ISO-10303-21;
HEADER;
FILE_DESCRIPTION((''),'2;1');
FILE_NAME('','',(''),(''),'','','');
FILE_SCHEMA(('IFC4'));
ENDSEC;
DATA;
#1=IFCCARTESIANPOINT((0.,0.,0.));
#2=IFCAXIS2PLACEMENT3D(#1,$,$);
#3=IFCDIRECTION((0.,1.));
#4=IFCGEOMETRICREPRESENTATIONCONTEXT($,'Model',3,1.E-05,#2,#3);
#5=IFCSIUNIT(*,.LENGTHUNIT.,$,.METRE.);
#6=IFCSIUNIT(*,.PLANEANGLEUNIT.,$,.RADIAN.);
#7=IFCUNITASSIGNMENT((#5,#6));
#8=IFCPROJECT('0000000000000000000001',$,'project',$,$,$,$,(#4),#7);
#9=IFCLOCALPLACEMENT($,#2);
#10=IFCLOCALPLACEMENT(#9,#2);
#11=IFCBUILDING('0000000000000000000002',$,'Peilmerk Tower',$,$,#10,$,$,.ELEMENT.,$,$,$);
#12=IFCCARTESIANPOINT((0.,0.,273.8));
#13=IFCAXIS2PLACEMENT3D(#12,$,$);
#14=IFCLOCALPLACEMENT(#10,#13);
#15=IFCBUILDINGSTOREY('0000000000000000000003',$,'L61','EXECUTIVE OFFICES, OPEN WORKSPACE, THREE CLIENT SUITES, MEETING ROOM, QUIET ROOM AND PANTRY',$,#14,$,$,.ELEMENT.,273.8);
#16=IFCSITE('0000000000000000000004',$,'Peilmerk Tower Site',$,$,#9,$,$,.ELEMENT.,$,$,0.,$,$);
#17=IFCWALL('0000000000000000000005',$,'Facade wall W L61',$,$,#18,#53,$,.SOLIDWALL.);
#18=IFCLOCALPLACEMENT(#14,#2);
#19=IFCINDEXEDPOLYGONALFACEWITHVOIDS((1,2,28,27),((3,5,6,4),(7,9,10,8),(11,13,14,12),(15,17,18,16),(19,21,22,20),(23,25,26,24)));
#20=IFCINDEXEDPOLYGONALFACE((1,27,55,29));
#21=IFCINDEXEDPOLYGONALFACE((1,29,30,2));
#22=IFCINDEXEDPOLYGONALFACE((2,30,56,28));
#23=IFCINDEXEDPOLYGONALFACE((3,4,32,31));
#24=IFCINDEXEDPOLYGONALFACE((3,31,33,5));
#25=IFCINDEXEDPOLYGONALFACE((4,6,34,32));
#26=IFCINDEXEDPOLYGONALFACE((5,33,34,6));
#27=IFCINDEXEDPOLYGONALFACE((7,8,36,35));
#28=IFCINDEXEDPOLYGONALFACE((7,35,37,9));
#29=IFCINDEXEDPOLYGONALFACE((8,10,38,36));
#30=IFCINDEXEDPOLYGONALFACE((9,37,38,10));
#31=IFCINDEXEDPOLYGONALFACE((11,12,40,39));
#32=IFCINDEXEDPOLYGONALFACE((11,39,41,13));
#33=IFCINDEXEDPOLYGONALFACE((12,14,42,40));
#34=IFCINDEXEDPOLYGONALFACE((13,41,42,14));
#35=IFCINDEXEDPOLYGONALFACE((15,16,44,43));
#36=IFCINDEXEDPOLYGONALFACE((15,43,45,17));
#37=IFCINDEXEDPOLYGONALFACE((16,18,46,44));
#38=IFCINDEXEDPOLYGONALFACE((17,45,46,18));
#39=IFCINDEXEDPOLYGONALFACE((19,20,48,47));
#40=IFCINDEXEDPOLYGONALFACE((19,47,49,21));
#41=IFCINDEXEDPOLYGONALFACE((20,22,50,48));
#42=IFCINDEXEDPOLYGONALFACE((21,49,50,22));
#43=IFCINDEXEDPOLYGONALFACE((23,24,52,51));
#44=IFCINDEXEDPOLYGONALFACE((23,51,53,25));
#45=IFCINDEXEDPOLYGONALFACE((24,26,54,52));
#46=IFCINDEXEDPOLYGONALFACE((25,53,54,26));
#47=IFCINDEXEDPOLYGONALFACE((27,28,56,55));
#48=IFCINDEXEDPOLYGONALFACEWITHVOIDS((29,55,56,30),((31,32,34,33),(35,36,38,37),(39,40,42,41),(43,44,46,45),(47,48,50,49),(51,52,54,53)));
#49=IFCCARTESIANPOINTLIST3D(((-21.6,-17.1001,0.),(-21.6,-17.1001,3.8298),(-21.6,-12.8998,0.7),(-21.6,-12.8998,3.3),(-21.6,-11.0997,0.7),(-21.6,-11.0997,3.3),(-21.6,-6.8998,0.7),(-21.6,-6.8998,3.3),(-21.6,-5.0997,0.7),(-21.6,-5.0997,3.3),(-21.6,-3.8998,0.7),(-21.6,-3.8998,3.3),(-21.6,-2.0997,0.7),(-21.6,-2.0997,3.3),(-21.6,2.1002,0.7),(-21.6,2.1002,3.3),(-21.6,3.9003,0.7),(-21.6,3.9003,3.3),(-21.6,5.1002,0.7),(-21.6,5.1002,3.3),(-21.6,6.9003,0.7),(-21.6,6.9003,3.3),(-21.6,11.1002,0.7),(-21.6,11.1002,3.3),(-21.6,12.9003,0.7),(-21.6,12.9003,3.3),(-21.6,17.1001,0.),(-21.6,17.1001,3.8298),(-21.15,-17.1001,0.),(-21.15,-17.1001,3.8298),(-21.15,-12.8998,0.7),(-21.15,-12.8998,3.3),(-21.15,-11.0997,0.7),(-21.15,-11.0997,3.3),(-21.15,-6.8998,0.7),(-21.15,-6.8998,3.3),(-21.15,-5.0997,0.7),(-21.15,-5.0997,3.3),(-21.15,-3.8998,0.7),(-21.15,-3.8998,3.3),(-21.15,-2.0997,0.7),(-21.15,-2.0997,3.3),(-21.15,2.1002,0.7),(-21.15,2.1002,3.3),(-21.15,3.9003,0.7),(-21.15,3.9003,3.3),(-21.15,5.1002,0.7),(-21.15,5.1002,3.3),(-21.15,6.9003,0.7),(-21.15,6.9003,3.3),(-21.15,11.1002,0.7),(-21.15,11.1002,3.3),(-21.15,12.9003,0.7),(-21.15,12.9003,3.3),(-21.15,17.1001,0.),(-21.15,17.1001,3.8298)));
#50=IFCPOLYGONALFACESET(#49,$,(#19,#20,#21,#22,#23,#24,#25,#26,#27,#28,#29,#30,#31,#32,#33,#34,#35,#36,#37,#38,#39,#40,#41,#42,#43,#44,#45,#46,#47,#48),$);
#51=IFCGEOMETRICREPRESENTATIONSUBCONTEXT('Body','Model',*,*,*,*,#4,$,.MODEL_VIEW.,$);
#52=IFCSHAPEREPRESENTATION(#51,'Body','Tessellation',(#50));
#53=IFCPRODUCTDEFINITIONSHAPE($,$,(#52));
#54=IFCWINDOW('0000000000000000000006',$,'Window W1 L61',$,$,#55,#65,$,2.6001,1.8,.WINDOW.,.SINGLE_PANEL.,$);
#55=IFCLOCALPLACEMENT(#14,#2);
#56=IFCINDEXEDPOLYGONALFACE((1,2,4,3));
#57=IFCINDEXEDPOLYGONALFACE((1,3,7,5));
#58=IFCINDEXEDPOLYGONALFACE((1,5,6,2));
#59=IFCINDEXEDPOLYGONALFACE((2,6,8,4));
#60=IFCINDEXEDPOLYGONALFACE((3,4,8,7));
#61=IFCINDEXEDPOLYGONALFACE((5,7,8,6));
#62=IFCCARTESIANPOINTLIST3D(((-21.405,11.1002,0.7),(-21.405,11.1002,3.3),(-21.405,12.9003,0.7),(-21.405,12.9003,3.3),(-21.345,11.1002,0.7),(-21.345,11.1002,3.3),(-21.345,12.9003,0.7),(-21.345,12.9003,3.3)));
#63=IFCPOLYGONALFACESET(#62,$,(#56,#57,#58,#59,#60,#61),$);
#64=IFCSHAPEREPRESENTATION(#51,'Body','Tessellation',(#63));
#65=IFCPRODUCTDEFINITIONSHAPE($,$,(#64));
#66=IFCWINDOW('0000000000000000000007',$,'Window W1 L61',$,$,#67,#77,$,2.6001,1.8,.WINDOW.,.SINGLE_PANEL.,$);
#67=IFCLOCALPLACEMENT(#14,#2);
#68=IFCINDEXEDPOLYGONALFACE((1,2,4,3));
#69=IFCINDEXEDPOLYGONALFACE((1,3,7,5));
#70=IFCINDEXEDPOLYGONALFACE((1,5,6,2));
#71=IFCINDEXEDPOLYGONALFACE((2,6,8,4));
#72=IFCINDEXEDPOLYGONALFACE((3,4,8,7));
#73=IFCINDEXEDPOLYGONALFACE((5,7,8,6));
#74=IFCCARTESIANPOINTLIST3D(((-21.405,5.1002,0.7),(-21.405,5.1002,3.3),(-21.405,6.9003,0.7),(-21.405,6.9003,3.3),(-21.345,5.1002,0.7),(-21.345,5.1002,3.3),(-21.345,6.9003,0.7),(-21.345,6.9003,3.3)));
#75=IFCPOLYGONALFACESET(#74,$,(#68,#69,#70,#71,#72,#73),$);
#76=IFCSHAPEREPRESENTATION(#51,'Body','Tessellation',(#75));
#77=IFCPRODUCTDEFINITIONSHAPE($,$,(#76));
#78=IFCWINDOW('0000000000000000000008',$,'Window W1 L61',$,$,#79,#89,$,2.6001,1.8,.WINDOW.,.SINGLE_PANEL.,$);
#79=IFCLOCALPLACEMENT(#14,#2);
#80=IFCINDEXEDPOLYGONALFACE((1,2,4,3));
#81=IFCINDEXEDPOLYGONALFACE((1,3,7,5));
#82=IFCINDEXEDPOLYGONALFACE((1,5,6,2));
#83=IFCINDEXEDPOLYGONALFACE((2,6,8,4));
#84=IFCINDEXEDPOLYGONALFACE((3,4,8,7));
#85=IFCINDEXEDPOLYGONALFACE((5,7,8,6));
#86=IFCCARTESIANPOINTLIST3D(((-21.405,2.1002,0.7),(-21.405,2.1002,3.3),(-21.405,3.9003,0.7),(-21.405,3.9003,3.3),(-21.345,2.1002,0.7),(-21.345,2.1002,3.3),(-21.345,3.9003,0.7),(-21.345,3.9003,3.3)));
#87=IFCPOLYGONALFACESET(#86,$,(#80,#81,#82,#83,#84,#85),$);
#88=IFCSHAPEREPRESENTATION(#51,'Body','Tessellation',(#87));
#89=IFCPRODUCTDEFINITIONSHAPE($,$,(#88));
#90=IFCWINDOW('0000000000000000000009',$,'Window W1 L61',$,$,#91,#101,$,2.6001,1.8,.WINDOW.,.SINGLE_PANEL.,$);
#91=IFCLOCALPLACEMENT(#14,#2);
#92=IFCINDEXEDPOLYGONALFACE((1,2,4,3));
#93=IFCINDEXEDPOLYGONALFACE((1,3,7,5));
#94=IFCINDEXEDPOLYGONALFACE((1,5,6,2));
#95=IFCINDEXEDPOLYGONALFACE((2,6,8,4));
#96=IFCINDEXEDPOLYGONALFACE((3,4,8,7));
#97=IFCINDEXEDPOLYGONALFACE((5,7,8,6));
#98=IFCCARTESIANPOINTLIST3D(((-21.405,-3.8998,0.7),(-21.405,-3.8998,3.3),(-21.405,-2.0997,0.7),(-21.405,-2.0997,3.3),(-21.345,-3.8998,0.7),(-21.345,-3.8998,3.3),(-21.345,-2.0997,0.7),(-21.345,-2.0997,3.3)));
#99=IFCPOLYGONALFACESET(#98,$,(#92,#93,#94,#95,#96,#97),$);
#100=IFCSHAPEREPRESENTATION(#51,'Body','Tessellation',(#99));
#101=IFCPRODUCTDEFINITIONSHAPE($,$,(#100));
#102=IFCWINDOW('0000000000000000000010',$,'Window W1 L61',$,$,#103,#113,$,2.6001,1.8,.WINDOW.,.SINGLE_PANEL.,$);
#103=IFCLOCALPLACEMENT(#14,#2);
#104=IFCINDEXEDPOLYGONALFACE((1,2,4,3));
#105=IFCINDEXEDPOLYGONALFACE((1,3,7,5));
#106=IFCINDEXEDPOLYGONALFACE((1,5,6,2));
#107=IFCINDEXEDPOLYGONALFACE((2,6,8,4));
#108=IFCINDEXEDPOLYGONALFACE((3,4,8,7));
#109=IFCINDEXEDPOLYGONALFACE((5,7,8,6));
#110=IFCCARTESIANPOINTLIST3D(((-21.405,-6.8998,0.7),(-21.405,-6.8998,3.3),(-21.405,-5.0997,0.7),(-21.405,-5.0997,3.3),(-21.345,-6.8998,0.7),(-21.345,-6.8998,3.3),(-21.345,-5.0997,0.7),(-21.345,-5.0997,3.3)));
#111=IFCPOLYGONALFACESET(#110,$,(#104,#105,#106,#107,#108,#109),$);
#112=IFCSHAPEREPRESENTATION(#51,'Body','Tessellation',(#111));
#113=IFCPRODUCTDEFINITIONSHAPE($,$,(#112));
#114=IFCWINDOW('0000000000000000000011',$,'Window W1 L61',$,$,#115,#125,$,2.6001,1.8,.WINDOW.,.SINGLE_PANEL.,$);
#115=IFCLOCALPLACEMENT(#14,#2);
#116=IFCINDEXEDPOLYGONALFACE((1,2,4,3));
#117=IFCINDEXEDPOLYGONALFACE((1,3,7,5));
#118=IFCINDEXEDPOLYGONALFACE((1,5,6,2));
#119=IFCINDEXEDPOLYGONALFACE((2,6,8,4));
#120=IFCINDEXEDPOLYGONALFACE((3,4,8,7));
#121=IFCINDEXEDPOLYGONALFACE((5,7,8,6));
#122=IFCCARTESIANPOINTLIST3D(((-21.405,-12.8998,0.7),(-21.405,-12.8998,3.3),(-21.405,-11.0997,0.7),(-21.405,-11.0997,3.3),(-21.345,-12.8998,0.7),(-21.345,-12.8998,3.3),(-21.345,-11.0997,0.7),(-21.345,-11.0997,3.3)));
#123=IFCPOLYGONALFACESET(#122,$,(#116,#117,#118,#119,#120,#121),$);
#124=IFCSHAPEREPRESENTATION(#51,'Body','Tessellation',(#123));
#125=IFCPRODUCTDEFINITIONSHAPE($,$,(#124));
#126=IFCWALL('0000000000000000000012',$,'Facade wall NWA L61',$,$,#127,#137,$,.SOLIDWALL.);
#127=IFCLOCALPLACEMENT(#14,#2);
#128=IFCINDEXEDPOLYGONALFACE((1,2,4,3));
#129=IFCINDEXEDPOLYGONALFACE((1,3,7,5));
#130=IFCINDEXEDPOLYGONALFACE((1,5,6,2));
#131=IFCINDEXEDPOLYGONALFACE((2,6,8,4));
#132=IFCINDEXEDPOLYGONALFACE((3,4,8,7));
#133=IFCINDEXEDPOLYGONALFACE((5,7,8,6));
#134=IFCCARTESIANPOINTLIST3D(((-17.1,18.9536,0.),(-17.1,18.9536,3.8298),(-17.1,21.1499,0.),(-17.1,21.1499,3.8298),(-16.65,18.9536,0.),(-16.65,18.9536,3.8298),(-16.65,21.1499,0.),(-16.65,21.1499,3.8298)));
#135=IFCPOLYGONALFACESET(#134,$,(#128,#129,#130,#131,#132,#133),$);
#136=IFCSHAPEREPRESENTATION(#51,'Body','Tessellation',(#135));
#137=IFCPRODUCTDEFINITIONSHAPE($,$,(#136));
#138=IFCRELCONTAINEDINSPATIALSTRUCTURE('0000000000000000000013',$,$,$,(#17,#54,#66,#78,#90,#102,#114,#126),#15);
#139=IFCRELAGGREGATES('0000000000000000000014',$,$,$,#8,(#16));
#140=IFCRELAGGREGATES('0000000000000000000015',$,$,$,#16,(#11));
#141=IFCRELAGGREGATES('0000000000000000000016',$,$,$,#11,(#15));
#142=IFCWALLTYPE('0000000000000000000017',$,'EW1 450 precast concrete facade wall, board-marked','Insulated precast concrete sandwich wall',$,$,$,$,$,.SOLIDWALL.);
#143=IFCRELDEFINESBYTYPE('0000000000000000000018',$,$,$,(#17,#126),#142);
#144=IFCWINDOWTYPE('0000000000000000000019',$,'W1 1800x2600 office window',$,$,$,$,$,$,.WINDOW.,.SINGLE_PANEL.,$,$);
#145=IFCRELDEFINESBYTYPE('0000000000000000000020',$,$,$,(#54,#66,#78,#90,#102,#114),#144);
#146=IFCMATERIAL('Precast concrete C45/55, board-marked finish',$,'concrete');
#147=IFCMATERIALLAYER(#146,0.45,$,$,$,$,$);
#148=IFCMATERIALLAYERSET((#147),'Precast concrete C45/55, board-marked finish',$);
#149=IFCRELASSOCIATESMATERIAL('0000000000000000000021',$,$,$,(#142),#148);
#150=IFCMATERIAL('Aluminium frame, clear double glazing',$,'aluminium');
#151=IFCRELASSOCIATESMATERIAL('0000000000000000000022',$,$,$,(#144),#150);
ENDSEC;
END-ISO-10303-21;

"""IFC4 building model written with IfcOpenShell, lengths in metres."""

from ifc_helpers import new_model, si_unit, direction, frame, frame_2d, origin, place, context, subcontext, project, spatial, rectangle, extrude, material, layer, layer_set, type_object, element, fill, save


model = new_model("IFC4")

# Units and contexts
model_context = context("Model", 3, precision=1e-05, world=origin(), true_north=direction((0.0, 1.0)))
body_context = subcontext(model_context, "Body", "Model", "MODEL_VIEW")
ifc_project = project(units=[si_unit("LENGTHUNIT", "METRE"), si_unit("PLANEANGLEUNIT", "RADIAN")], contexts=[model_context])

# Site, building, storey
site_placement = place(None, origin())
site = spatial("IfcSite", under=ifc_project, at=site_placement, Name="Peilmerk Tower Site", CompositionType="ELEMENT", RefElevation=0.0)
building_placement = place(site_placement, origin())
building = spatial("IfcBuilding", under=site, at=building_placement, Name="Peilmerk Tower", CompositionType="ELEMENT")
storey_placement = place(building_placement, frame((0.0, 0.0, 273.8)))
storey = spatial("IfcBuildingStorey", under=building, at=storey_placement, Name="L61", Description="EXECUTIVE OFFICES, OPEN WORKSPACE, THREE CLIENT SUITES, MEETING ROOM, QUIET ROOM AND PANTRY", CompositionType="ELEMENT", Elevation=273.8)

# Wall, openings, windows
ifc_material_1 = material(Name="Precast concrete C45/55, board-marked finish", Category="concrete")
ifc_layer_1 = layer(ifc_material_1, 0.45)
ifc_layer_set_1 = layer_set([ifc_layer_1], Name="Precast concrete C45/55, board-marked finish")
wall_type = type_object("IfcWallType", Name="EW1 450 precast concrete facade wall, board-marked", Description="Insulated precast concrete sandwich wall", PredefinedType="SOLIDWALL", material=ifc_layer_set_1)
wall_1_placement = place(storey_placement, frame((-21.375, 17.1001, 0.0), z_axis=(0.0, 0.0, 1.0), x_axis=(0.0, -1.0, 0.0)))
wall_1 = element("IfcWall", 1, at=wall_1_placement, inside=storey, type_object=wall_type, Name="Facade wall W L61", PredefinedType="SOLIDWALL", context=body_context, shape_type="SweptSolid", body=[
    extrude(rectangle(XDim=34.2002, YDim=0.45, at=frame_2d((17.1001, 0.0))), origin(), (0.0, 0.0, 1.0), 3.8298),
])
opening_1_placement = place(wall_1_placement, frame((4.2, 0.0, 0.7)))
opening_1 = element("IfcOpeningElement", 2, at=opening_1_placement, cuts=wall_1, PredefinedType="OPENING", context=body_context, shape_type="SweptSolid", body=[
    extrude(rectangle(XDim=1.8, YDim=2.6001, at=frame_2d((0.8999, 1.3))), frame((0.0, 0.2349, 0.0), z_axis=(0.0, -1.0, 0.0), x_axis=(1.0, 0.0, 0.0)), (0.0, 0.0, 1.0), 0.47),
])
opening_2_placement = place(wall_1_placement, frame((10.2, 0.0, 0.7)))
opening_2 = element("IfcOpeningElement", 3, at=opening_2_placement, cuts=wall_1, PredefinedType="OPENING", context=body_context, shape_type="SweptSolid", body=[
    extrude(rectangle(XDim=1.8, YDim=2.6001, at=frame_2d((0.8999, 1.3))), frame((0.0, 0.2349, 0.0), z_axis=(0.0, -1.0, 0.0), x_axis=(1.0, 0.0, 0.0)), (0.0, 0.0, 1.0), 0.47),
])
opening_3_placement = place(wall_1_placement, frame((13.2, 0.0, 0.7)))
opening_3 = element("IfcOpeningElement", 4, at=opening_3_placement, cuts=wall_1, PredefinedType="OPENING", context=body_context, shape_type="SweptSolid", body=[
    extrude(rectangle(XDim=1.8, YDim=2.6001, at=frame_2d((0.8999, 1.3))), frame((0.0, 0.2349, 0.0), z_axis=(0.0, -1.0, 0.0), x_axis=(1.0, 0.0, 0.0)), (0.0, 0.0, 1.0), 0.47),
])
opening_4_placement = place(wall_1_placement, frame((19.2, 0.0, 0.7)))
opening_4 = element("IfcOpeningElement", 5, at=opening_4_placement, cuts=wall_1, PredefinedType="OPENING", context=body_context, shape_type="SweptSolid", body=[
    extrude(rectangle(XDim=1.8, YDim=2.6001, at=frame_2d((0.8999, 1.3))), frame((0.0, 0.2349, 0.0), z_axis=(0.0, -1.0, 0.0), x_axis=(1.0, 0.0, 0.0)), (0.0, 0.0, 1.0), 0.47),
])
opening_5_placement = place(wall_1_placement, frame((22.2, 0.0, 0.7)))
opening_5 = element("IfcOpeningElement", 6, at=opening_5_placement, cuts=wall_1, PredefinedType="OPENING", context=body_context, shape_type="SweptSolid", body=[
    extrude(rectangle(XDim=1.8, YDim=2.6001, at=frame_2d((0.8999, 1.3))), frame((0.0, 0.2349, 0.0), z_axis=(0.0, -1.0, 0.0), x_axis=(1.0, 0.0, 0.0)), (0.0, 0.0, 1.0), 0.47),
])
opening_6_placement = place(wall_1_placement, frame((28.2, 0.0, 0.7)))
opening_6 = element("IfcOpeningElement", 7, at=opening_6_placement, cuts=wall_1, PredefinedType="OPENING", context=body_context, shape_type="SweptSolid", body=[
    extrude(rectangle(XDim=1.8, YDim=2.6001, at=frame_2d((0.8999, 1.3))), frame((0.0, 0.2349, 0.0), z_axis=(0.0, -1.0, 0.0), x_axis=(1.0, 0.0, 0.0)), (0.0, 0.0, 1.0), 0.47),
])
ifc_material_2 = material(Name="Aluminium frame, clear double glazing", Category="aluminium")
window_type = type_object("IfcWindowType", Name="W1 1800x2600 office window", PartitioningType="SINGLE_PANEL", PredefinedType="WINDOW", material=ifc_material_2)
window_1_placement = place(opening_1_placement, origin())
window_1 = element("IfcWindow", 8, at=window_1_placement, inside=storey, type_object=window_type, Name="Window W1 L61", OverallHeight=2.6001, OverallWidth=1.8, PartitioningType="SINGLE_PANEL", PredefinedType="WINDOW", context=body_context, shape_type="SweptSolid", body=[
    extrude(rectangle(XDim=1.8, YDim=2.6001, at=frame_2d((0.8999, 1.3))), frame((0.0, 0.03, 0.0), z_axis=(0.0, -1.0, 0.0), x_axis=(1.0, 0.0, 0.0)), (0.0, 0.0, 1.0), 0.0601),
])
fill(opening_1, window_1)
window_2_placement = place(opening_2_placement, origin())
window_2 = element("IfcWindow", 9, at=window_2_placement, inside=storey, type_object=window_type, Name="Window W1 L61", OverallHeight=2.6001, OverallWidth=1.8, PartitioningType="SINGLE_PANEL", PredefinedType="WINDOW", context=body_context, shape_type="SweptSolid", body=[
    extrude(rectangle(XDim=1.8, YDim=2.6001, at=frame_2d((0.8999, 1.3))), frame((0.0, 0.03, 0.0), z_axis=(0.0, -1.0, 0.0), x_axis=(1.0, 0.0, 0.0)), (0.0, 0.0, 1.0), 0.0601),
])
fill(opening_2, window_2)
window_3_placement = place(opening_3_placement, origin())
window_3 = element("IfcWindow", 10, at=window_3_placement, inside=storey, type_object=window_type, Name="Window W1 L61", OverallHeight=2.6001, OverallWidth=1.8, PartitioningType="SINGLE_PANEL", PredefinedType="WINDOW", context=body_context, shape_type="SweptSolid", body=[
    extrude(rectangle(XDim=1.8, YDim=2.6001, at=frame_2d((0.8999, 1.3))), frame((0.0, 0.03, 0.0), z_axis=(0.0, -1.0, 0.0), x_axis=(1.0, 0.0, 0.0)), (0.0, 0.0, 1.0), 0.0601),
])
fill(opening_3, window_3)
window_4_placement = place(opening_4_placement, origin())
window_4 = element("IfcWindow", 11, at=window_4_placement, inside=storey, type_object=window_type, Name="Window W1 L61", OverallHeight=2.6001, OverallWidth=1.8, PartitioningType="SINGLE_PANEL", PredefinedType="WINDOW", context=body_context, shape_type="SweptSolid", body=[
    extrude(rectangle(XDim=1.8, YDim=2.6001, at=frame_2d((0.8999, 1.3))), frame((0.0, 0.03, 0.0), z_axis=(0.0, -1.0, 0.0), x_axis=(1.0, 0.0, 0.0)), (0.0, 0.0, 1.0), 0.0601),
])
fill(opening_4, window_4)
window_5_placement = place(opening_5_placement, origin())
window_5 = element("IfcWindow", 12, at=window_5_placement, inside=storey, type_object=window_type, Name="Window W1 L61", OverallHeight=2.6001, OverallWidth=1.8, PartitioningType="SINGLE_PANEL", PredefinedType="WINDOW", context=body_context, shape_type="SweptSolid", body=[
    extrude(rectangle(XDim=1.8, YDim=2.6001, at=frame_2d((0.8999, 1.3))), frame((0.0, 0.03, 0.0), z_axis=(0.0, -1.0, 0.0), x_axis=(1.0, 0.0, 0.0)), (0.0, 0.0, 1.0), 0.0601),
])
fill(opening_5, window_5)
window_6_placement = place(opening_6_placement, origin())
window_6 = element("IfcWindow", 13, at=window_6_placement, inside=storey, type_object=window_type, Name="Window W1 L61", OverallHeight=2.6001, OverallWidth=1.8, PartitioningType="SINGLE_PANEL", PredefinedType="WINDOW", context=body_context, shape_type="SweptSolid", body=[
    extrude(rectangle(XDim=1.8, YDim=2.6001, at=frame_2d((0.8999, 1.3))), frame((0.0, 0.03, 0.0), z_axis=(0.0, -1.0, 0.0), x_axis=(1.0, 0.0, 0.0)), (0.0, 0.0, 1.0), 0.0601),
])
fill(opening_6, window_6)

# Wall
wall_2_placement = place(storey_placement, frame((-16.875, 18.9536, 0.0), z_axis=(0.0, 0.0, 1.0), x_axis=(0.0, 1.0, 0.0)))
element("IfcWall", 14, at=wall_2_placement, inside=storey, type_object=wall_type, Name="Facade wall NWA L61", PredefinedType="SOLIDWALL", context=body_context, shape_type="SweptSolid", body=[
    extrude(rectangle(XDim=2.1963, YDim=0.45, at=frame_2d((1.0981, 0.0))), origin(), (0.0, 0.0, 1.0), 3.8298),
])

save(model, "model.ifc")
